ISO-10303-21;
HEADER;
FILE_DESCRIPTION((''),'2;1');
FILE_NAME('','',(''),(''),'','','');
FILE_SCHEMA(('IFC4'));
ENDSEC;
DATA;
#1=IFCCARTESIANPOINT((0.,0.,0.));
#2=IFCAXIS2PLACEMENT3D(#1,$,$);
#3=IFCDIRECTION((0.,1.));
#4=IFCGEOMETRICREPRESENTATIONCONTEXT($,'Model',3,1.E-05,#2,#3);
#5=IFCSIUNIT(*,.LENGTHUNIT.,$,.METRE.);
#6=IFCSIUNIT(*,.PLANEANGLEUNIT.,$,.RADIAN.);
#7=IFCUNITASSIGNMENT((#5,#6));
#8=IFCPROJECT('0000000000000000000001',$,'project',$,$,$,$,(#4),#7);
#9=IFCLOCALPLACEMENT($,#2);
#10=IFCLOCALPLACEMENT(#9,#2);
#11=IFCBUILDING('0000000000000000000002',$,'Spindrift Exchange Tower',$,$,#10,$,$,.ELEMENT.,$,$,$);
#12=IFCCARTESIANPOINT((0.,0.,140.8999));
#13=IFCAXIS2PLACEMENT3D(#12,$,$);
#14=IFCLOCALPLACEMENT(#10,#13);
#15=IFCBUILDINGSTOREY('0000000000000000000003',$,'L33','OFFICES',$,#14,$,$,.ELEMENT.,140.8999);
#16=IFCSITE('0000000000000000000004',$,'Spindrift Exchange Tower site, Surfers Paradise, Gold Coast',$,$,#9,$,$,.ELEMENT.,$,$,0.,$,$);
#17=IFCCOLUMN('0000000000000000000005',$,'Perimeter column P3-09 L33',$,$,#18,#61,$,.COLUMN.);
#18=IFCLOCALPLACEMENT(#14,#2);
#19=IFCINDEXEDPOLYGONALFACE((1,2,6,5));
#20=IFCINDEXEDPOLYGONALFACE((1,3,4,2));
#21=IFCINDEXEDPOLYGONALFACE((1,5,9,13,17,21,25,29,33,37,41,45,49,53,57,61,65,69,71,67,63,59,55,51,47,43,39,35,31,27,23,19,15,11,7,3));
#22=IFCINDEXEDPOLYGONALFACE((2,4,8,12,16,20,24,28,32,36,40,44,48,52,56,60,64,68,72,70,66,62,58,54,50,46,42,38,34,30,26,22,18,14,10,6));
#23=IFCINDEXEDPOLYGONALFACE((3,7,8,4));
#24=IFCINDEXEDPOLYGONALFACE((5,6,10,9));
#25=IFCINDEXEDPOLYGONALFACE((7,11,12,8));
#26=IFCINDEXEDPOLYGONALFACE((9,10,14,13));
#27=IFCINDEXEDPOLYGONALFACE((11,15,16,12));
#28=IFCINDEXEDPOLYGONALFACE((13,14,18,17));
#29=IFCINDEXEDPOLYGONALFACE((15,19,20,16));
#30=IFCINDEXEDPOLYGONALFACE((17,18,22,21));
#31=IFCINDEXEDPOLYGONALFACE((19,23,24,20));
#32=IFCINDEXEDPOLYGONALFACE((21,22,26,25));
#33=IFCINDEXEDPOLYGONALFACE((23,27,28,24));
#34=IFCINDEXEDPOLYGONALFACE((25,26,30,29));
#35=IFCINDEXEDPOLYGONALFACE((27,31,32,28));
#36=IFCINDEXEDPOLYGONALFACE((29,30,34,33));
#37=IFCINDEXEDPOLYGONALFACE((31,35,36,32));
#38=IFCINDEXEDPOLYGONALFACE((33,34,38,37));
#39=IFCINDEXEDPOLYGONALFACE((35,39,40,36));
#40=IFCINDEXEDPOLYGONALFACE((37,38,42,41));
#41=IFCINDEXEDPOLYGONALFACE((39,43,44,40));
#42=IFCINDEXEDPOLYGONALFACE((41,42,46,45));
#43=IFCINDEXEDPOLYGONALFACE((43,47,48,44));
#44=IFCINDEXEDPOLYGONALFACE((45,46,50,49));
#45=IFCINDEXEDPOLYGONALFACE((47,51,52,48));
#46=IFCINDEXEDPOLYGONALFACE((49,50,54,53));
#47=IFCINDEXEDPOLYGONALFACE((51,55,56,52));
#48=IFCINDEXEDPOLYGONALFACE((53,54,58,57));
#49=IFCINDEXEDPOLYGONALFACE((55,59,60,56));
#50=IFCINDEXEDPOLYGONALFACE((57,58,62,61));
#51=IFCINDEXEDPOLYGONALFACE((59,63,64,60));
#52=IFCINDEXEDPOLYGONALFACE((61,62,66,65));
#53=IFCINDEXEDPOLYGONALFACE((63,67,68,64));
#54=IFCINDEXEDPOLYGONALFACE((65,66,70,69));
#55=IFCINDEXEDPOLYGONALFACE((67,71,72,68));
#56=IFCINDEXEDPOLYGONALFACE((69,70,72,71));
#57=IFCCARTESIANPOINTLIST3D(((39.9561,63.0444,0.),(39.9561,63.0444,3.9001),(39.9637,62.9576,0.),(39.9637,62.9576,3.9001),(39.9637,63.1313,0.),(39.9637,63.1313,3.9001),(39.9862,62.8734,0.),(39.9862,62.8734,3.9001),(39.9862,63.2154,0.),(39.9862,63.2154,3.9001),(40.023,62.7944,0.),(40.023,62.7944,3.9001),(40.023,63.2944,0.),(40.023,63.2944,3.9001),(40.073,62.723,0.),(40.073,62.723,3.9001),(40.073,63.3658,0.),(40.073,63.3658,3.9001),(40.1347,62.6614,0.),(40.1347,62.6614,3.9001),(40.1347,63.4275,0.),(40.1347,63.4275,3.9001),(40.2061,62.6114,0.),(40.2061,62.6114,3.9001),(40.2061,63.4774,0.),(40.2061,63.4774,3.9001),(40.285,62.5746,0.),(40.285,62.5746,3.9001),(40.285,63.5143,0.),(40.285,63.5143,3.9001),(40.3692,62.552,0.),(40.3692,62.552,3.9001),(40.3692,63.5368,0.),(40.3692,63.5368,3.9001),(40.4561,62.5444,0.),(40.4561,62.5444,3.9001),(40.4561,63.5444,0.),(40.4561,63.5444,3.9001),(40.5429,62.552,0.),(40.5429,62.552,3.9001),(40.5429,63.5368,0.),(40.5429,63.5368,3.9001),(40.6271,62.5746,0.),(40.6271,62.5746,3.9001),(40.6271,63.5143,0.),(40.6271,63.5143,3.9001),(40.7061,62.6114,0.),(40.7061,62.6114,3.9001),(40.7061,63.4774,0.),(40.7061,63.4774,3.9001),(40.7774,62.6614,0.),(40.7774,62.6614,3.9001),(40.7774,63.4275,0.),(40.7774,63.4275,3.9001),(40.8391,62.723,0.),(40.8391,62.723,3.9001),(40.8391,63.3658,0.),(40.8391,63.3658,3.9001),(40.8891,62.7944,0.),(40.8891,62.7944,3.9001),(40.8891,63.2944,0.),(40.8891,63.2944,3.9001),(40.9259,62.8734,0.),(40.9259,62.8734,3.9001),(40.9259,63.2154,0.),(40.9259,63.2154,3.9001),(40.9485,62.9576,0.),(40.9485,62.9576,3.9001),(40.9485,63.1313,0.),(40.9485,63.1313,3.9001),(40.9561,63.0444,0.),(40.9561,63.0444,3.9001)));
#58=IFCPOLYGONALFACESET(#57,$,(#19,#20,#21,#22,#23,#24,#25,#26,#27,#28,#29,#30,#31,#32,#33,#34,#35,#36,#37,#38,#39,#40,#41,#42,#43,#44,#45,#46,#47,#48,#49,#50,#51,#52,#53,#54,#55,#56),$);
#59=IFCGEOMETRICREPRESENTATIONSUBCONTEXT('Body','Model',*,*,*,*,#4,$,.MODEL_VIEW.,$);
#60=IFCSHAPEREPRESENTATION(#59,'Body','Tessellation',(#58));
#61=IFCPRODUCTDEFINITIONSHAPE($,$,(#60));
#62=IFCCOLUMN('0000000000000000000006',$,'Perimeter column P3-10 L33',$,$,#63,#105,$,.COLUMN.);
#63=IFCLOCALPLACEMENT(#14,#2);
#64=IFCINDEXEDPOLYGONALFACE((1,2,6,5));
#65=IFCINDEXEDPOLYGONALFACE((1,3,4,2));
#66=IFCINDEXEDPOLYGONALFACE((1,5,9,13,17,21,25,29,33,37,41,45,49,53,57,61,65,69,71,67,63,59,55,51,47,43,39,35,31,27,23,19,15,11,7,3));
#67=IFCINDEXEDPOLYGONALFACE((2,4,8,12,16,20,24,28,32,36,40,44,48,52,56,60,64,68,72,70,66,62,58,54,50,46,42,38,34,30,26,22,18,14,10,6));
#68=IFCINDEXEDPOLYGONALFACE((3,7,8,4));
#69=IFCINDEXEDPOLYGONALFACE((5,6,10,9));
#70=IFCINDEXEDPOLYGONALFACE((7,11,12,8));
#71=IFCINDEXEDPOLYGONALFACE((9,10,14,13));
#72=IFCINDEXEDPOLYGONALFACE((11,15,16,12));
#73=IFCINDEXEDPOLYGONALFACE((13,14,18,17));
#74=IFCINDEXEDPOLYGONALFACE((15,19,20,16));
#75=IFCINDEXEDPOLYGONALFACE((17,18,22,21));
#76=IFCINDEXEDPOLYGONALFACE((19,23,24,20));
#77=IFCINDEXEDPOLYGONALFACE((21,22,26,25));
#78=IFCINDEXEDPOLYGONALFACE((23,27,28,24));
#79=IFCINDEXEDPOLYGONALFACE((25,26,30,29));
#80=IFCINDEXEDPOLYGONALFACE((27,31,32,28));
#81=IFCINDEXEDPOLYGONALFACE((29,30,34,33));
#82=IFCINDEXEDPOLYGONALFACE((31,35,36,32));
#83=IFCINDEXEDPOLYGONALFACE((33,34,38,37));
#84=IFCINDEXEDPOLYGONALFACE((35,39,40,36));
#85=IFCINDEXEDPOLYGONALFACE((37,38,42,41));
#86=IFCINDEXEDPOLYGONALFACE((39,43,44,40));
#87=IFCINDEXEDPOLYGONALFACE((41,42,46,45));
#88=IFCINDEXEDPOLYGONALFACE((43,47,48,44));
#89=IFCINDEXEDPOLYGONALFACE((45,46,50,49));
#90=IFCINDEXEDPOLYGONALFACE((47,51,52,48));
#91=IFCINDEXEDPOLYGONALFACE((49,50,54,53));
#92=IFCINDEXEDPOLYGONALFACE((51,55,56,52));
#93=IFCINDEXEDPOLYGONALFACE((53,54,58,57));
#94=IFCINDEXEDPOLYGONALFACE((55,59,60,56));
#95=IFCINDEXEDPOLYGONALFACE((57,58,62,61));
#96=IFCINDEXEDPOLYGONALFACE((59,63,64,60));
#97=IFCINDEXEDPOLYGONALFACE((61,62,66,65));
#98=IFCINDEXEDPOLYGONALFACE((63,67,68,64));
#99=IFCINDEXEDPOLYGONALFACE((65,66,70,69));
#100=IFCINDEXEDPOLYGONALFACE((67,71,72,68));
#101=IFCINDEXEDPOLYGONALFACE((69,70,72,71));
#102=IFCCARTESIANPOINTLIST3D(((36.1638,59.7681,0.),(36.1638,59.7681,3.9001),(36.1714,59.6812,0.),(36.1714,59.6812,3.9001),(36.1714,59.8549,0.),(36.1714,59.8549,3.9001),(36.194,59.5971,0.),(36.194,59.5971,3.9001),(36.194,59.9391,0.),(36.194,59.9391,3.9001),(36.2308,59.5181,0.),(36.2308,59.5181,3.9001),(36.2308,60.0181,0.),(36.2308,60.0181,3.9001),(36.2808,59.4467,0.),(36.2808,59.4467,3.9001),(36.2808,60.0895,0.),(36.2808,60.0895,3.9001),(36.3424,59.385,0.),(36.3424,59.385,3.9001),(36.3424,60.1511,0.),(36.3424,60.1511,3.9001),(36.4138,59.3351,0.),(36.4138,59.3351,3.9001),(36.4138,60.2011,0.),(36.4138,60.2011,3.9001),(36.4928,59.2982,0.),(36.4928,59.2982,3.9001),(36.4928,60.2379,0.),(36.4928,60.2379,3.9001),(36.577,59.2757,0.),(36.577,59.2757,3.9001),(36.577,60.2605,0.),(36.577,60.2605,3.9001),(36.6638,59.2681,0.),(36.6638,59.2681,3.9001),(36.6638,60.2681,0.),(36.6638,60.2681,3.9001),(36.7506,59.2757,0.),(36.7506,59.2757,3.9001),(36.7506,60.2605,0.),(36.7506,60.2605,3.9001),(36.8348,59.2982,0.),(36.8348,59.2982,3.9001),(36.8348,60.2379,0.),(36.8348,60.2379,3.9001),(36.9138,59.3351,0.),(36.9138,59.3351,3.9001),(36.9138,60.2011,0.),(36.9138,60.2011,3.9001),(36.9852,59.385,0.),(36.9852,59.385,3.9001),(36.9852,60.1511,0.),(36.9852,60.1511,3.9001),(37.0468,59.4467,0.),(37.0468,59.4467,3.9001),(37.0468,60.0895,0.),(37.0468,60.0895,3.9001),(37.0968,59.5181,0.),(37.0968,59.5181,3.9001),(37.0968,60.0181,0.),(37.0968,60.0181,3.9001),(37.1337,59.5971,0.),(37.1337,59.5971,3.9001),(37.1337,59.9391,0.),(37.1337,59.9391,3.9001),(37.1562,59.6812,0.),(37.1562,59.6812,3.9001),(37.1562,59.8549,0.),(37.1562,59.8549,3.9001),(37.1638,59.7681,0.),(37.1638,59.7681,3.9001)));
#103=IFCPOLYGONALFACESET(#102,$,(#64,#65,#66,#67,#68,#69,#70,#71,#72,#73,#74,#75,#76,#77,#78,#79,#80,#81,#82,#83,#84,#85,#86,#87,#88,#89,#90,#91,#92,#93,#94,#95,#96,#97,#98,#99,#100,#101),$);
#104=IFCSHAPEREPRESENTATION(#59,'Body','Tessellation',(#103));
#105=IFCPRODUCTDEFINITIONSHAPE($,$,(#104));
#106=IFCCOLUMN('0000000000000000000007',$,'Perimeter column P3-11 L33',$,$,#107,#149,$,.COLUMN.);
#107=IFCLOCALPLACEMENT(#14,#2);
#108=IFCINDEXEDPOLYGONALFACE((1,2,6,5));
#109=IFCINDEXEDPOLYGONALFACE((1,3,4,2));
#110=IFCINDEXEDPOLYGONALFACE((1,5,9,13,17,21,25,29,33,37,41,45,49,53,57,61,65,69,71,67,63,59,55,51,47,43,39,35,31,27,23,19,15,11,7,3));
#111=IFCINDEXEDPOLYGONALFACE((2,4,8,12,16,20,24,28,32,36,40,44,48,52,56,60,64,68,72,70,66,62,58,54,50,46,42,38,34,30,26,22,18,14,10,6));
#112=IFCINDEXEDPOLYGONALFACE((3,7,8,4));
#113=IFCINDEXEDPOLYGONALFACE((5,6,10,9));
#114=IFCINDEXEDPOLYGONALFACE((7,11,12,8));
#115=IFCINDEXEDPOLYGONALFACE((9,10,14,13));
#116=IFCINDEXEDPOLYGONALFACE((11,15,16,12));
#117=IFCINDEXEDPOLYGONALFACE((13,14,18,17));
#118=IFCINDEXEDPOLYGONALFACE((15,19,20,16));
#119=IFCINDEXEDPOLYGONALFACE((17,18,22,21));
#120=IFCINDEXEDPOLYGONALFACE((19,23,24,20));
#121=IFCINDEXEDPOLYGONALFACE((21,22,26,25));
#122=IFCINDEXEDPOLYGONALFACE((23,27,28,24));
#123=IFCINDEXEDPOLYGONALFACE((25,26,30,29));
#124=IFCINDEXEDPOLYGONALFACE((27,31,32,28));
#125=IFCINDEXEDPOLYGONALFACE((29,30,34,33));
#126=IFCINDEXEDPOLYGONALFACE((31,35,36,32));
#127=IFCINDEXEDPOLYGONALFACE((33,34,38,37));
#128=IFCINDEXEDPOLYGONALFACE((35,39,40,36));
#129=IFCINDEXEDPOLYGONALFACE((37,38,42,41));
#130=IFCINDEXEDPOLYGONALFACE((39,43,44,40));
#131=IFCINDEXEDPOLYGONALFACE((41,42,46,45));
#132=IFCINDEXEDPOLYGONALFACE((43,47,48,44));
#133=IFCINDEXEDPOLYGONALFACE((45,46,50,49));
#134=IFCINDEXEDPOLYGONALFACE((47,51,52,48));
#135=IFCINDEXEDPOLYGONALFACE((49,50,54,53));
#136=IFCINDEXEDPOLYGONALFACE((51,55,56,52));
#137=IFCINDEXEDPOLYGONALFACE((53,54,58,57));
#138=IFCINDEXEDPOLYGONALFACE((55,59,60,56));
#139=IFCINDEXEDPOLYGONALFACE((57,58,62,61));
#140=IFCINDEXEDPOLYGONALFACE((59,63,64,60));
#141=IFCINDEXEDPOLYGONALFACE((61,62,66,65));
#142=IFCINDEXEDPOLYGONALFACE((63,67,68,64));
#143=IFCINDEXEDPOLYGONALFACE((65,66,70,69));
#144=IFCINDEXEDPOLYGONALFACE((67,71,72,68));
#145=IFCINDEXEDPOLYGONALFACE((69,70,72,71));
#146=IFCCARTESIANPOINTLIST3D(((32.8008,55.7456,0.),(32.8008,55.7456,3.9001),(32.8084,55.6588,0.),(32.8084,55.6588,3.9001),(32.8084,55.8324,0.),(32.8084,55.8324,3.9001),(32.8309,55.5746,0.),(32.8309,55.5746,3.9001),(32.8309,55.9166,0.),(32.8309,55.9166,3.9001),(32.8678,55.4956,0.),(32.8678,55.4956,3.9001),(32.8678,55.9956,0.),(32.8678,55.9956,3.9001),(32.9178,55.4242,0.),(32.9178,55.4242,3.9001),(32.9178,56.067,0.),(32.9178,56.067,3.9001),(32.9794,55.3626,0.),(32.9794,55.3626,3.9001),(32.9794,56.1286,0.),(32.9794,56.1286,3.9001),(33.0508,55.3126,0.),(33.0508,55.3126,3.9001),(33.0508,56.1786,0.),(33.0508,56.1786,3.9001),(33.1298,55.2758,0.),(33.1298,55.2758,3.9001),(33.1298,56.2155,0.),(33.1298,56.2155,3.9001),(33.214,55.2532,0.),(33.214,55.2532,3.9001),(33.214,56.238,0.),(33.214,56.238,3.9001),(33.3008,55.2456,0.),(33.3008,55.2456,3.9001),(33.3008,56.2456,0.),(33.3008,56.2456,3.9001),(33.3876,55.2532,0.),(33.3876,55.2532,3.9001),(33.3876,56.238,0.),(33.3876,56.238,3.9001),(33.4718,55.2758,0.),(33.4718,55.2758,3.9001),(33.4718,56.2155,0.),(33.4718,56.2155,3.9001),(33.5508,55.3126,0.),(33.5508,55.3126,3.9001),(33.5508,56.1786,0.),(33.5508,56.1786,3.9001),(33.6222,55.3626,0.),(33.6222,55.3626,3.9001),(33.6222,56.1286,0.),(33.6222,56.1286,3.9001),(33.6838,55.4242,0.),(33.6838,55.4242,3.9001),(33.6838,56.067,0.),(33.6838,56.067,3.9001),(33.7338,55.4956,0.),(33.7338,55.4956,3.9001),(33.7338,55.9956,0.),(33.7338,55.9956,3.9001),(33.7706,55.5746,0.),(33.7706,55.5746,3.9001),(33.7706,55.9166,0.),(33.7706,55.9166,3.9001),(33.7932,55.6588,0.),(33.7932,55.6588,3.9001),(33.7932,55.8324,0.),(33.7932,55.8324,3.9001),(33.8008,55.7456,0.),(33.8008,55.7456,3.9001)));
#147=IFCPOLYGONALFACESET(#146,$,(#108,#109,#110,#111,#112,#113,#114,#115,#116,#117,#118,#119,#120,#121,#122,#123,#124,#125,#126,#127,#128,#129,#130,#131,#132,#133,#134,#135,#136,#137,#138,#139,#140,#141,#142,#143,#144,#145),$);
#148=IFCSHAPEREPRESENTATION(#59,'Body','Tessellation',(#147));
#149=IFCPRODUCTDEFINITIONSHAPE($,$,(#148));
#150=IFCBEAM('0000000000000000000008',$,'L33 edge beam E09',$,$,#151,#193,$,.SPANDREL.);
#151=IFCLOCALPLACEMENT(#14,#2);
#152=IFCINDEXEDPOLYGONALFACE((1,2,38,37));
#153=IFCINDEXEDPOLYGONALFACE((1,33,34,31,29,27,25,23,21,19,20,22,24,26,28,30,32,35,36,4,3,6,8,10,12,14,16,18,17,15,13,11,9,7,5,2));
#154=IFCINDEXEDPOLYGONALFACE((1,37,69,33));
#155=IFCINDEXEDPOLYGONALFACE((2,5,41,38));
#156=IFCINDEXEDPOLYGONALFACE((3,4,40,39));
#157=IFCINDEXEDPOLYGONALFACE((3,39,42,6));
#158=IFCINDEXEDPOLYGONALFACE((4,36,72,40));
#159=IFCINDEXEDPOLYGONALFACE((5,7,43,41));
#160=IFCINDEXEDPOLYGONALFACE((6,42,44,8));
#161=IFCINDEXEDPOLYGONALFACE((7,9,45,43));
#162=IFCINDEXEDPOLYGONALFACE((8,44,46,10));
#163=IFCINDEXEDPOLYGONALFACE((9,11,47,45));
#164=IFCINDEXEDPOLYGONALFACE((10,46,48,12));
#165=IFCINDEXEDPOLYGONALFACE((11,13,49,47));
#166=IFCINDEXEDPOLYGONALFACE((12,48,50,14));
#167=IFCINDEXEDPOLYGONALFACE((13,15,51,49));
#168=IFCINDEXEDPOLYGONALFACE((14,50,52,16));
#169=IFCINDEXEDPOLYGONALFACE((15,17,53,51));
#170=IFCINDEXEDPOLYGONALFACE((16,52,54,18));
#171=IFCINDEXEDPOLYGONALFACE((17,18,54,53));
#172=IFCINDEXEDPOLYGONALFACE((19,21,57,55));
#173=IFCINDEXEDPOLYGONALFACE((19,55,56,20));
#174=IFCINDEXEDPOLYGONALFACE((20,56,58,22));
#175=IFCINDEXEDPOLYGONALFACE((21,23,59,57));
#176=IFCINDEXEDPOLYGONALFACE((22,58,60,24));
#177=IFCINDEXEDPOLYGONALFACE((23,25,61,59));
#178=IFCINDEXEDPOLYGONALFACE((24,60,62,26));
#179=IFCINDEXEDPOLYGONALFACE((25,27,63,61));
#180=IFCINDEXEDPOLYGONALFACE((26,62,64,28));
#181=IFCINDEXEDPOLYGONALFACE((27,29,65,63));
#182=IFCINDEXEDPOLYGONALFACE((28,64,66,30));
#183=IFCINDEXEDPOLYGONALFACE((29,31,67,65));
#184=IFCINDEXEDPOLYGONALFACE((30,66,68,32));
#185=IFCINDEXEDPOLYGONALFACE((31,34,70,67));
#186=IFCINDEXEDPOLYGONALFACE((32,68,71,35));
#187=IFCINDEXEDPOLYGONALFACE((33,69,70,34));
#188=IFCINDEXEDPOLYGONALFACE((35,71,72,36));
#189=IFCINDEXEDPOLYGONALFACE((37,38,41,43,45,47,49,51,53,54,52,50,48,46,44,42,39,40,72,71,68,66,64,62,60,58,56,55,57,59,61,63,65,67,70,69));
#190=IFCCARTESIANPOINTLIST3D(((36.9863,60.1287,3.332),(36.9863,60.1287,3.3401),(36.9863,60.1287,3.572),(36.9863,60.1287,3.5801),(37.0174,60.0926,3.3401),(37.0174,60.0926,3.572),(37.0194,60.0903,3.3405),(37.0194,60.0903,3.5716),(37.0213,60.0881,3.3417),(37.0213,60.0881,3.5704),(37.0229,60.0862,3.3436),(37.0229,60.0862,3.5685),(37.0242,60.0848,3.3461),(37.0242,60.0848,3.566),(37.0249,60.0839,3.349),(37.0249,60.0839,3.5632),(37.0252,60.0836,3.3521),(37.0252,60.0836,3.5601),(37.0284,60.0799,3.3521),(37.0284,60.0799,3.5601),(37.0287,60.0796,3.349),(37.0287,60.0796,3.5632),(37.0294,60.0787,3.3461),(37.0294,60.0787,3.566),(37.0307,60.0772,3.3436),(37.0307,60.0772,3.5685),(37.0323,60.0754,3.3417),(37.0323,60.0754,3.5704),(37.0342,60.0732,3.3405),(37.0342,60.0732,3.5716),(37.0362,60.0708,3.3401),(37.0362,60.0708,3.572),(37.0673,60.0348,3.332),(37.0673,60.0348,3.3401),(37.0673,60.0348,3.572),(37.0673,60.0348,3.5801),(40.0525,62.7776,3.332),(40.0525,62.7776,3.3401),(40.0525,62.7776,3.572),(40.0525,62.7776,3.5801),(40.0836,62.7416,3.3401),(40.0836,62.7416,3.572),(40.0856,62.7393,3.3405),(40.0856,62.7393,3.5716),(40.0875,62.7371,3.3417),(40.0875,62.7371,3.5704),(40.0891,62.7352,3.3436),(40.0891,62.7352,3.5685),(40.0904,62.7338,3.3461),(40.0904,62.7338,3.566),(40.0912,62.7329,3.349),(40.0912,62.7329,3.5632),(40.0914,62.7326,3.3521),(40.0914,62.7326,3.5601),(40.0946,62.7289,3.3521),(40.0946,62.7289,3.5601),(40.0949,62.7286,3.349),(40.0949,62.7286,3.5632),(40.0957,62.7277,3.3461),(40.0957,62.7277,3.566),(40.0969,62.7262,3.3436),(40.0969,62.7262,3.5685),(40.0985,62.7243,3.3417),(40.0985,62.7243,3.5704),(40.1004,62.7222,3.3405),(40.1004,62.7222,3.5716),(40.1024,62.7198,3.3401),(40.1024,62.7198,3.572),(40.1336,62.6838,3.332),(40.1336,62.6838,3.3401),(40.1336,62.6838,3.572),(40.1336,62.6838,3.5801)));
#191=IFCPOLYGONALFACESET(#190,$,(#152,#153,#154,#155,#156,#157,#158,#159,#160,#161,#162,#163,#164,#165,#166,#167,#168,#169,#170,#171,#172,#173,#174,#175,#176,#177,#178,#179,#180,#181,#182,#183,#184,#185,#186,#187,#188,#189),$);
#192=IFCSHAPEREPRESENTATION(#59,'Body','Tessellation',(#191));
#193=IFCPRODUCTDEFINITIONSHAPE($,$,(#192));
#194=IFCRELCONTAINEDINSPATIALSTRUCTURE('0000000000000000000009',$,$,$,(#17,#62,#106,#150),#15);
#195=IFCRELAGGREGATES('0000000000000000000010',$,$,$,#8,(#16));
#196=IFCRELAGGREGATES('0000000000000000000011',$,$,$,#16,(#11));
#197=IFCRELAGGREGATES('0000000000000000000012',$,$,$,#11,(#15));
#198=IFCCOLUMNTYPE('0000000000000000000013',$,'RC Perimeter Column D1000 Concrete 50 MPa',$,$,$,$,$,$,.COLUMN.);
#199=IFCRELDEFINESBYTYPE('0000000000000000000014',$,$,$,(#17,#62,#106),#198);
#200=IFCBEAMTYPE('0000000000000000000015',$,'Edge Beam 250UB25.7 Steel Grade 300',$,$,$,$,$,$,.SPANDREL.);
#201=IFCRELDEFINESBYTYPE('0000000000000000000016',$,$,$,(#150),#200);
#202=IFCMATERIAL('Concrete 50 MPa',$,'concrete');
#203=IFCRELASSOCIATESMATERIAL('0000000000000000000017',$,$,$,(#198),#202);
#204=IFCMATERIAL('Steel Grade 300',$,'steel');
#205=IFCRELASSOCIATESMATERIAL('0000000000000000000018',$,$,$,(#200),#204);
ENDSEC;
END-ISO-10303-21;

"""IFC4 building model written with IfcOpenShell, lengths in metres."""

from ifc_helpers import new_model, si_unit, direction, frame, origin, origin_2d, place, context, subcontext, project, spatial, circle, i_section, extrude, source, transform, mapped, material, material_profile, profile_set, type_object, element, save


model = new_model("IFC4")

# Units and contexts
model_context = context("Model", 3, precision=1e-05, world=origin(), true_north=direction((0.0, 1.0)))
body_context = subcontext(model_context, "Body", "Model", "MODEL_VIEW")
ifc_project = project(units=[si_unit("LENGTHUNIT", "METRE"), si_unit("PLANEANGLEUNIT", "RADIAN")], contexts=[model_context])

# Site, building, storey
site_placement = place(None, origin())
site = spatial("IfcSite", under=ifc_project, at=site_placement, Name="Spindrift Exchange Tower site, Surfers Paradise, Gold Coast", CompositionType="ELEMENT", RefElevation=0.0)
building_placement = place(site_placement, origin())
building = spatial("IfcBuilding", under=site, at=building_placement, Name="Spindrift Exchange Tower", CompositionType="ELEMENT")
storey_placement = place(building_placement, frame((0.0, 0.0, 140.8999)))
storey = spatial("IfcBuildingStorey", under=building, at=storey_placement, Name="L33", Description="OFFICES", CompositionType="ELEMENT", Elevation=140.8999)

# Columns
ifc_material_1 = material(Name="Concrete 50 MPa", Category="concrete")
ifc_material_profile_1 = material_profile(ifc_material_1, circle(Radius=0.5, at=origin_2d()), Name="RC D1000")
ifc_profile_set_1 = profile_set([ifc_material_profile_1], Name="Concrete 50 MPa")
column_type = type_object("IfcColumnType", Name="RC Perimeter Column D1000 Concrete 50 MPa", PredefinedType="COLUMN", material=ifc_profile_set_1)
shared_shape_1 = source(origin(), body_context, "Body", "SweptSolid", [
    extrude(circle(Radius=0.5, at=origin_2d()), origin(), (0.0, 0.0, 1.0), 3.9001),
])
for number, where, z_axis, x_axis, name in (
    (1, (40.4561, 63.0444, 0.0), (0.0, 0.0, 1.0), (1.0, 0.0, 0.0), "Perimeter column P3-09 L33"),
    (2, (36.6638, 59.7681, 0.0), (0.0, 0.0, 1.0), (1.0, 0.0, 0.0), "Perimeter column P3-10 L33"),
    (3, (33.3008, 55.7456, 0.0), (0.0, 0.0, 1.0), (1.0, 0.0, 0.0), "Perimeter column P3-11 L33"),
):
    element("IfcColumn", number, at=place(storey_placement, frame(where, z_axis=z_axis, x_axis=x_axis)), inside=storey, type_object=column_type, Name=name, PredefinedType="COLUMN", context=body_context, shape_type="MappedRepresentation", body=[
        mapped(shared_shape_1, transform((0.0, 0.0, 0.0), scale=1.0)),
    ])

# Beam
ifc_material_2 = material(Name="Steel Grade 300", Category="steel")
ifc_material_profile_2 = material_profile(ifc_material_2, i_section(OverallWidth=0.124, OverallDepth=0.248, WebThickness=0.0049, FlangeThickness=0.0081, FilletRadius=0.012, at=origin_2d()), Name="250UB25.7")
ifc_profile_set_2 = profile_set([ifc_material_profile_2], Name="Steel Grade 300")
beam_type_1 = type_object("IfcBeamType", Name="Edge Beam 250UB25.7 Steel Grade 300", PredefinedType="SPANDREL", material=ifc_profile_set_2)
shared_shape_2 = source(origin(), body_context, "Body", "SweptSolid", [
    extrude(i_section(OverallWidth=0.124, OverallDepth=0.248, WebThickness=0.0049, FlangeThickness=0.0081, FilletRadius=0.012, at=origin_2d()), origin(), (0.0, 0.0, 1.0), 4.052),
])
beam_1_placement = place(storey_placement, frame((40.093, 62.7307, 3.4561), z_axis=(-0.756716, -0.653744, 0.0), x_axis=(0.653744, -0.756716, 0.0)))
element("IfcBeam", 4, at=beam_1_placement, inside=storey, type_object=beam_type_1, Name="L33 edge beam E09", PredefinedType="SPANDREL", context=body_context, shape_type="MappedRepresentation", body=[
    mapped(shared_shape_2, transform((0.0, 0.0, 0.0), scale=1.0)),
])

save(model, "model.ifc")
